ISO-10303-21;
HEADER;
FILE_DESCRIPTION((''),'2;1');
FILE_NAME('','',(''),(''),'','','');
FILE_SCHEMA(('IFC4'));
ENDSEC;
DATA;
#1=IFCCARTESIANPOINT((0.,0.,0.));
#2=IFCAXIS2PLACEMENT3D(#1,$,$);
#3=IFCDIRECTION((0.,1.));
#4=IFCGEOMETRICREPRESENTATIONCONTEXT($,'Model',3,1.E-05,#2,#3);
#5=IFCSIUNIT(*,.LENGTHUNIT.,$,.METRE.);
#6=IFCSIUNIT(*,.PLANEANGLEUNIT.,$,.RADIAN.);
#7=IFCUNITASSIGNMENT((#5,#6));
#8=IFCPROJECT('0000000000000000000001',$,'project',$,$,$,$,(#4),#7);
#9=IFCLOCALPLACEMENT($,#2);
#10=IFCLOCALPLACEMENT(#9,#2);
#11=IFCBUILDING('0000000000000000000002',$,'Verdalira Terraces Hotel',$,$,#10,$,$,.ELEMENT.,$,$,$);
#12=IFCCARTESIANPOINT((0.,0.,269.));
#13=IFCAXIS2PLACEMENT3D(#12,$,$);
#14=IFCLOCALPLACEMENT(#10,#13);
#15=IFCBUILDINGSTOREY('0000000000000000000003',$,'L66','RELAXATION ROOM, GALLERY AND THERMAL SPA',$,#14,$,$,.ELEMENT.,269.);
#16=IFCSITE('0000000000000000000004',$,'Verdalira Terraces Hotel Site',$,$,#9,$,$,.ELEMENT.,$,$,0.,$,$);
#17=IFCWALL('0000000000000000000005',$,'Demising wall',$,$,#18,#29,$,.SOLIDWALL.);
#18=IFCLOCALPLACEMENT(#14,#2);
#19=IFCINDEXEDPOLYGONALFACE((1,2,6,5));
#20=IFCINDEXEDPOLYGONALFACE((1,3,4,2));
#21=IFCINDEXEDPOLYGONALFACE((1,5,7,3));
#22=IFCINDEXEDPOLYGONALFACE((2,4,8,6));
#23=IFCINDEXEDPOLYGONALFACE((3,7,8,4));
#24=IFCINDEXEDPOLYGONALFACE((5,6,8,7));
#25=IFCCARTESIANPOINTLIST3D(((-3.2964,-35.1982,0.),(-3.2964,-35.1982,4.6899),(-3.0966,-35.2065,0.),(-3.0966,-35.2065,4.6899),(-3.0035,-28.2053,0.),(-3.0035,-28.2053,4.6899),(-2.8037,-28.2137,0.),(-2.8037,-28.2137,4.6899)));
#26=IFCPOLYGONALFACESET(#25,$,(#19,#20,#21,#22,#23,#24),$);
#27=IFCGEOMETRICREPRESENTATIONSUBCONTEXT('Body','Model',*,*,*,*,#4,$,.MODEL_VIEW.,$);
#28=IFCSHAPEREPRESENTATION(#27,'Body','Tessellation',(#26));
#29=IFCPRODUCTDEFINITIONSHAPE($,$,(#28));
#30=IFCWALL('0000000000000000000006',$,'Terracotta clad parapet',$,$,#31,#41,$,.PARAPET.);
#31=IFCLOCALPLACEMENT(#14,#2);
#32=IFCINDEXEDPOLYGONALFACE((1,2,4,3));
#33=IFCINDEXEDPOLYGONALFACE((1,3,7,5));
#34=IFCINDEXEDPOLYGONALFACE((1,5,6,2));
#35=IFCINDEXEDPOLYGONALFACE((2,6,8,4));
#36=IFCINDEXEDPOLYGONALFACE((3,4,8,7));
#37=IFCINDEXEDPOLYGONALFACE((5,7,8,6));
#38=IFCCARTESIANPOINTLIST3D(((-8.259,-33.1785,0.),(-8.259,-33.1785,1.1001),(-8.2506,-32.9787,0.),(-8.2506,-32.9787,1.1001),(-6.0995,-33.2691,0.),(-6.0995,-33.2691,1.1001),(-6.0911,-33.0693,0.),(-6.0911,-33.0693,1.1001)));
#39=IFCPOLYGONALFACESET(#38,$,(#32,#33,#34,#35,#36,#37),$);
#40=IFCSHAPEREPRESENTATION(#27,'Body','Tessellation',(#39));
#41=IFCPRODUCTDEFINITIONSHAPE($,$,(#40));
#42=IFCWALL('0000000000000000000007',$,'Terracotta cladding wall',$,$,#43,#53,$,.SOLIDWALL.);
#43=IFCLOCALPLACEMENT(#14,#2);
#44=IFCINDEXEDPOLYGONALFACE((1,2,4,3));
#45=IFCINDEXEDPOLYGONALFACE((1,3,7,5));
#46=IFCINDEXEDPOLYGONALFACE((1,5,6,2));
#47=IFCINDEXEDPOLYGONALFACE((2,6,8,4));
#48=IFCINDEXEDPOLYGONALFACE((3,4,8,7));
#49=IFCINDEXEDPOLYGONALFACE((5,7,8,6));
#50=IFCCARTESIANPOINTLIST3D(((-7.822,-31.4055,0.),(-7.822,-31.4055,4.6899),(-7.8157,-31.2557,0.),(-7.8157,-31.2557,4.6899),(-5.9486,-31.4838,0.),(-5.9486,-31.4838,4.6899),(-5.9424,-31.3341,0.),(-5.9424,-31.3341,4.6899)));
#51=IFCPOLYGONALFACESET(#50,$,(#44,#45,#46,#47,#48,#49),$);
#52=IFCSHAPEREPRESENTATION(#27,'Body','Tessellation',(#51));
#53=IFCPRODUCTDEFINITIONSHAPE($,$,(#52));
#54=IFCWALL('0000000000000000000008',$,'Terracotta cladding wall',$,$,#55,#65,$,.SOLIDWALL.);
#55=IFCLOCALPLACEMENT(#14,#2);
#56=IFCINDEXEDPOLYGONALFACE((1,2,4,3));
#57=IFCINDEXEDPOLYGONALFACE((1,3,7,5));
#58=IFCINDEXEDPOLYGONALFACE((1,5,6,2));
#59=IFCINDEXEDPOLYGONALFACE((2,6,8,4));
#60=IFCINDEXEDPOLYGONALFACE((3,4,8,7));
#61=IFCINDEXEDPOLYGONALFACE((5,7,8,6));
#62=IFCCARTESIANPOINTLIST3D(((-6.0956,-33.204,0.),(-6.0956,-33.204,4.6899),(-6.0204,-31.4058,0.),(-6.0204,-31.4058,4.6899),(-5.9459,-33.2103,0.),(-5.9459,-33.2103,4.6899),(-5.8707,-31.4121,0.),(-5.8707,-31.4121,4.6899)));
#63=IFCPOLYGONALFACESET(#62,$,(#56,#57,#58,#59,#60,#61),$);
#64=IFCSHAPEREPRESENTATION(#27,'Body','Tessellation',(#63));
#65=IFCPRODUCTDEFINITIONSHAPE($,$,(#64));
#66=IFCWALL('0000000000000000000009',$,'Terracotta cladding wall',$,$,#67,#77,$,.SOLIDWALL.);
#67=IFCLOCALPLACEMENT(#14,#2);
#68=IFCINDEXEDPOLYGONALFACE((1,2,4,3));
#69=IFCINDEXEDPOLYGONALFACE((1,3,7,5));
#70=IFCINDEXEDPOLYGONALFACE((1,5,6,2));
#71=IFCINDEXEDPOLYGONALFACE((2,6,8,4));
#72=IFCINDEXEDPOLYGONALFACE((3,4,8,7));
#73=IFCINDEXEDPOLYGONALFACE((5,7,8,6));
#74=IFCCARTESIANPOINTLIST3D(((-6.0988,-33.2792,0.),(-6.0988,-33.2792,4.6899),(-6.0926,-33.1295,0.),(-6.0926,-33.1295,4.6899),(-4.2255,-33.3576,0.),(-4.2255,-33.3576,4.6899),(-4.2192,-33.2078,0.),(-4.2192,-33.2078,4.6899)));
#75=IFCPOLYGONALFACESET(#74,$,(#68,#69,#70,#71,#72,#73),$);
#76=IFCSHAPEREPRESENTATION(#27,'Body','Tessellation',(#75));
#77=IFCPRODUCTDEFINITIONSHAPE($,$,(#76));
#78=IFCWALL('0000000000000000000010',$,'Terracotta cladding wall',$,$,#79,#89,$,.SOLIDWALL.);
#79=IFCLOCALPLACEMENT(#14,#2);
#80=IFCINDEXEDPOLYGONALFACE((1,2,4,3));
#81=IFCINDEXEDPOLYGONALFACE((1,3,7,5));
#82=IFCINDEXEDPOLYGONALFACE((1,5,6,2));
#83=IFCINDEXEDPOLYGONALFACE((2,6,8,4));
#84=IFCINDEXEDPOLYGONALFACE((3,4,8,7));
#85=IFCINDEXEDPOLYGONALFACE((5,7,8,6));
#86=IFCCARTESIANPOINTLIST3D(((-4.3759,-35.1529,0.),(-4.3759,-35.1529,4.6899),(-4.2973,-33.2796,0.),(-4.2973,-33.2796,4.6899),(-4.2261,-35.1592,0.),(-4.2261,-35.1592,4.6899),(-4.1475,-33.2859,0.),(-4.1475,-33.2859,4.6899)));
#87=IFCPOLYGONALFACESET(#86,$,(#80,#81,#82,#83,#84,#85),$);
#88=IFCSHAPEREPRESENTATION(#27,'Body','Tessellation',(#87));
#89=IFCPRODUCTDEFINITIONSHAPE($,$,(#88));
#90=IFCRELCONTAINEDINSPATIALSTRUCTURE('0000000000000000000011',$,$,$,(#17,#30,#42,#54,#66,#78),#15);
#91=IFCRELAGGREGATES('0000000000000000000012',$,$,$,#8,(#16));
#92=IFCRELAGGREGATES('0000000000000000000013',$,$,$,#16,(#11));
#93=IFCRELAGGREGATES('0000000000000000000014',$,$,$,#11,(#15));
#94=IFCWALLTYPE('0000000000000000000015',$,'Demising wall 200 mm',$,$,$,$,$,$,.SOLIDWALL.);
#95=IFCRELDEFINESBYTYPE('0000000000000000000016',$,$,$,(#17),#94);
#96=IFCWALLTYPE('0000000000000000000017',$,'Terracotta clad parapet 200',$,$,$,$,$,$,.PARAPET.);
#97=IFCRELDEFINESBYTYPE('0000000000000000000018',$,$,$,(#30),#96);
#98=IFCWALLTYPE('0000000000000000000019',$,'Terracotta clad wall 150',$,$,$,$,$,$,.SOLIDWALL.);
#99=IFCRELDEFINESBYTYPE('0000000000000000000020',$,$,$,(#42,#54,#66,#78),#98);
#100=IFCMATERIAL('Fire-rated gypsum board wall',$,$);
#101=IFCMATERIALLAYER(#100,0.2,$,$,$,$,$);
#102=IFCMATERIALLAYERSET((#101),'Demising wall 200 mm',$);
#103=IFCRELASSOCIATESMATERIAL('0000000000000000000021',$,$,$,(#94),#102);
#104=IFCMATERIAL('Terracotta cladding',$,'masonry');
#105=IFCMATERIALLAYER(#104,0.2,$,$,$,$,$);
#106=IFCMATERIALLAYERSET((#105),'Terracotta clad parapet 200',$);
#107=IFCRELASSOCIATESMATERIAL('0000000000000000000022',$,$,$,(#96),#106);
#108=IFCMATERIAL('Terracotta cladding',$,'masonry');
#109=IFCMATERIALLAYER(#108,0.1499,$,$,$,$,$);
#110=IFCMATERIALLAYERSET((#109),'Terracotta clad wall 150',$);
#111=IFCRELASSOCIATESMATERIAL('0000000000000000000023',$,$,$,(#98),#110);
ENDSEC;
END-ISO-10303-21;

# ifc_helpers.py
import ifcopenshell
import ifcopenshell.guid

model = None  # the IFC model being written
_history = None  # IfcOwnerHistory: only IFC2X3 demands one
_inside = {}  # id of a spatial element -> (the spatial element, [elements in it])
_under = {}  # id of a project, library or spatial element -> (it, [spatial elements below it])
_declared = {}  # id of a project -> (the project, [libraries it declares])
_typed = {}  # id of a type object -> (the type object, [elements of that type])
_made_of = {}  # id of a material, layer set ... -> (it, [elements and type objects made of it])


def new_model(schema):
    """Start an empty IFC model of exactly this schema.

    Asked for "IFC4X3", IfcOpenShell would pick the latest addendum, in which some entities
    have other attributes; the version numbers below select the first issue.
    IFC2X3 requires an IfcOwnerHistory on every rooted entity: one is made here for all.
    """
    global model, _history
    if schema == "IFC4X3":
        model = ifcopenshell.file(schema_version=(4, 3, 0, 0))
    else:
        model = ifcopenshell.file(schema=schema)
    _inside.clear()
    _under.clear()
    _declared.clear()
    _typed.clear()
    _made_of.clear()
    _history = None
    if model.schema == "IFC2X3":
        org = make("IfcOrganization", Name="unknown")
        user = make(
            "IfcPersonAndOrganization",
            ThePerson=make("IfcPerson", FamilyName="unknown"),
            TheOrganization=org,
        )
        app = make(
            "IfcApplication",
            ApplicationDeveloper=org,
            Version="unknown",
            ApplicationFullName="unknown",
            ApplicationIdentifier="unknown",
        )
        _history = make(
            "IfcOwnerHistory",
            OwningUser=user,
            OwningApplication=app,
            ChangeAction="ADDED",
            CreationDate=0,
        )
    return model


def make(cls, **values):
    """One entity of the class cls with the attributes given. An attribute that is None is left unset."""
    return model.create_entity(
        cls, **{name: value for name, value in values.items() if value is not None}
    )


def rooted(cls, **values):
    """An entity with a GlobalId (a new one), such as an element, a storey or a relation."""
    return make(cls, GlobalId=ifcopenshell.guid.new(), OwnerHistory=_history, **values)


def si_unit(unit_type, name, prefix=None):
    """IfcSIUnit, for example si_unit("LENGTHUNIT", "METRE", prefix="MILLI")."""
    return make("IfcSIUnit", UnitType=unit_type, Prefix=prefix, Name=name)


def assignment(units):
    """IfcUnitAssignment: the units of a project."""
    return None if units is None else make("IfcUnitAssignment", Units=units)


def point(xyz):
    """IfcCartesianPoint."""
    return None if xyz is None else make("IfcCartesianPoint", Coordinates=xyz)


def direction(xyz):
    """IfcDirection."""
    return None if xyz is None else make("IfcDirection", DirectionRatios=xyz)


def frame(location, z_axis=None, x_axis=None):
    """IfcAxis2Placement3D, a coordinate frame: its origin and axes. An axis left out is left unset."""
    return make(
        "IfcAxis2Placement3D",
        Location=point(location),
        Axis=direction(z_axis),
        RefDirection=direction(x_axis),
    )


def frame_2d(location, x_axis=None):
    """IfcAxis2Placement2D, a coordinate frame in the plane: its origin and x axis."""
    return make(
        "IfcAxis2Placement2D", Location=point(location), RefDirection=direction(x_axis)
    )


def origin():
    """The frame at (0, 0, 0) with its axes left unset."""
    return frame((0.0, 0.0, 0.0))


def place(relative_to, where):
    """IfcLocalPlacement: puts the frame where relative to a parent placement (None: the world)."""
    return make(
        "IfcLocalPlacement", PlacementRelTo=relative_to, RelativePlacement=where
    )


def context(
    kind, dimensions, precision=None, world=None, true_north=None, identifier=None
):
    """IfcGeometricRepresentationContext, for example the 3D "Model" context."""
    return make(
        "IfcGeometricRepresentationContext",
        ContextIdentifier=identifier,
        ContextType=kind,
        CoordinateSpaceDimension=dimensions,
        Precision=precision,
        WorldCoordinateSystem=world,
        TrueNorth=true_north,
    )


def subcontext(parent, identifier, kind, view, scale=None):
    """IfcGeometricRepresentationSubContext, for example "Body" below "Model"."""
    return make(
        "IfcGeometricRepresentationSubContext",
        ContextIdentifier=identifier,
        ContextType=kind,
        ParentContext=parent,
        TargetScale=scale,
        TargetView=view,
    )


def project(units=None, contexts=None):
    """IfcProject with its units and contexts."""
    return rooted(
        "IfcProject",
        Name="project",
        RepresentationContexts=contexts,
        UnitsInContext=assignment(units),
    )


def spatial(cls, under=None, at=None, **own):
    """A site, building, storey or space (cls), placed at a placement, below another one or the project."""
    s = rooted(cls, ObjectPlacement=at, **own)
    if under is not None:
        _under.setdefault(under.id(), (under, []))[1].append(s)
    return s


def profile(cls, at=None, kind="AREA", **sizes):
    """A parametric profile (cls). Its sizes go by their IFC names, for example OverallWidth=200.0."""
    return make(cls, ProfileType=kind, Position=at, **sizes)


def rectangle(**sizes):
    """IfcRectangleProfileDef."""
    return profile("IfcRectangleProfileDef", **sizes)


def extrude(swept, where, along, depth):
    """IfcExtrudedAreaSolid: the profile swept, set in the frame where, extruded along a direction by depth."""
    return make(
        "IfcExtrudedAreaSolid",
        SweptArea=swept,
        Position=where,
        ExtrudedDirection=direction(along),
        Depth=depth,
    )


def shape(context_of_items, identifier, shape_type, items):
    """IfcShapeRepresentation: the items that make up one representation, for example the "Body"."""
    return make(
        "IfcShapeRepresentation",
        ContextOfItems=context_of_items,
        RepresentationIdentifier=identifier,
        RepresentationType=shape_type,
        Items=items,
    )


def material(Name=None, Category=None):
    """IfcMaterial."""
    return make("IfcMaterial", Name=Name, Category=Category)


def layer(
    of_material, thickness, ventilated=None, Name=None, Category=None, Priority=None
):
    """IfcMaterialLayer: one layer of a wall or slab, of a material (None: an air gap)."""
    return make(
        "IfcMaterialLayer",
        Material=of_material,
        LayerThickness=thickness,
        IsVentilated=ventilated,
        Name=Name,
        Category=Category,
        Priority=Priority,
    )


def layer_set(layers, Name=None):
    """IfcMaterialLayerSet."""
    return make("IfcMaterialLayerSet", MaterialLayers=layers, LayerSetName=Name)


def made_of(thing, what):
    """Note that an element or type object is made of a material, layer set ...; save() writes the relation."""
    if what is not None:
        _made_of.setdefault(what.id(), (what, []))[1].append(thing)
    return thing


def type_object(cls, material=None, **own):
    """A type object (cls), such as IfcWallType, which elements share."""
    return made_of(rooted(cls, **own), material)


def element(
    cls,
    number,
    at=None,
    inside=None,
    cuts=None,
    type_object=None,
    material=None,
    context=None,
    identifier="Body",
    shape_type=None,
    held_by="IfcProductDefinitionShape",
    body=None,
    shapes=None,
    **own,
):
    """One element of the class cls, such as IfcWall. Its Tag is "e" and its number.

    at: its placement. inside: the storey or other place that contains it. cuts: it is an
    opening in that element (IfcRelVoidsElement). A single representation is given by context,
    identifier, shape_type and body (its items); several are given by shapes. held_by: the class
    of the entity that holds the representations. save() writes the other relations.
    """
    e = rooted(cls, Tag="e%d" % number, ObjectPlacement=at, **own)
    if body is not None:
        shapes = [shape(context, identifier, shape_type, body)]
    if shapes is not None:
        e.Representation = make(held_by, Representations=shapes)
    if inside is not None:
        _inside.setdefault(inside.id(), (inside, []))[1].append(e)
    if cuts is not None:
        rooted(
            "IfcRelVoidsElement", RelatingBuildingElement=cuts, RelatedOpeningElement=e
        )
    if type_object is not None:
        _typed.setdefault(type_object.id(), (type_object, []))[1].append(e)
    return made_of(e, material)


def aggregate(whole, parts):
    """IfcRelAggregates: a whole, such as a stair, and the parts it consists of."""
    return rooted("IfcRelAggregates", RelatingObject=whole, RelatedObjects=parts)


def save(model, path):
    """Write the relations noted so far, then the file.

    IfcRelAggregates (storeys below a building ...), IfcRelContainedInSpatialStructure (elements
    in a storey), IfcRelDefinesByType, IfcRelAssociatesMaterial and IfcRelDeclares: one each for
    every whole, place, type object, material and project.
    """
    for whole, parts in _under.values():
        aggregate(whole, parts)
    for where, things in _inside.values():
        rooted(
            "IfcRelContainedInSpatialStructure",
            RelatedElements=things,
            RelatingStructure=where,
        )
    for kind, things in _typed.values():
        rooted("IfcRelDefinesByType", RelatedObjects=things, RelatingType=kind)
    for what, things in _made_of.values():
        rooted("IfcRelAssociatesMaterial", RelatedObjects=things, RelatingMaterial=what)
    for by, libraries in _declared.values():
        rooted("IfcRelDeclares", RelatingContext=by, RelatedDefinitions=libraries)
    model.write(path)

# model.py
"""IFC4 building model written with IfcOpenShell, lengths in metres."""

from ifc_helpers import new_model, si_unit, direction, frame, frame_2d, origin, place, context, subcontext, project, spatial, rectangle, extrude, material, layer, layer_set, type_object, element, save


model = new_model("IFC4")

# Units and contexts
model_context = context("Model", 3, precision=1e-05, world=origin(), true_north=direction((0.0, 1.0)))
body_context = subcontext(model_context, "Body", "Model", "MODEL_VIEW")
ifc_project = project(units=[si_unit("LENGTHUNIT", "METRE"), si_unit("PLANEANGLEUNIT", "RADIAN")], contexts=[model_context])

# Site, building, storey
site_placement = place(None, origin())
site = spatial("IfcSite", under=ifc_project, at=site_placement, Name="Verdalira Terraces Hotel Site", CompositionType="ELEMENT", RefElevation=0.0)
building_placement = place(site_placement, origin())
building = spatial("IfcBuilding", under=site, at=building_placement, Name="Verdalira Terraces Hotel", CompositionType="ELEMENT")
storey_placement = place(building_placement, frame((0.0, 0.0, 269.0)))
storey = spatial("IfcBuildingStorey", under=building, at=storey_placement, Name="L66", Description="RELAXATION ROOM, GALLERY AND THERMAL SPA", CompositionType="ELEMENT", Elevation=269.0)

# Walls
ifc_material_1 = material(Name="Fire-rated gypsum board wall")
ifc_layer_1 = layer(ifc_material_1, 0.2)
ifc_layer_set_1 = layer_set([ifc_layer_1], Name="Demising wall 200 mm")
wall_type_1 = type_object("IfcWallType", Name="Demising wall 200 mm", PredefinedType="SOLIDWALL", material=ifc_layer_set_1)
wall_1_placement = place(storey_placement, frame((-2.9036, -28.2095, 0.0), z_axis=(0.0, 0.0, 1.0), x_axis=(-0.041858, -0.999124, 0.0)))
element("IfcWall", 1, at=wall_1_placement, inside=storey, type_object=wall_type_1, Name="Demising wall", PredefinedType="SOLIDWALL", context=body_context, shape_type="SweptSolid", body=[
    extrude(rectangle(XDim=6.999, YDim=0.2, at=frame_2d((3.4995, 0.0))), origin(), (0.0, 0.0, 1.0), 4.6899),
])
ifc_material_2 = material(Name="Terracotta cladding", Category="masonry")
ifc_layer_2 = layer(ifc_material_2, 0.2)
ifc_layer_set_2 = layer_set([ifc_layer_2], Name="Terracotta clad parapet 200")
wall_type_2 = type_object("IfcWallType", Name="Terracotta clad parapet 200", PredefinedType="PARAPET", material=ifc_layer_set_2)
wall_2_placement = place(storey_placement, frame((-8.2546, -33.0786, 0.0), z_axis=(0.0, 0.0, 1.0), x_axis=(0.999121, -0.041908, 0.0)))
element("IfcWall", 2, at=wall_2_placement, inside=storey, type_object=wall_type_2, Name="Terracotta clad parapet", PredefinedType="PARAPET", context=body_context, shape_type="SweptSolid", body=[
    extrude(rectangle(XDim=2.1614, YDim=0.2, at=frame_2d((1.0806, 0.0))), origin(), (0.0, 0.0, 1.0), 1.1001),
])
ifc_material_3 = material(Name="Terracotta cladding", Category="masonry")
ifc_layer_3 = layer(ifc_material_3, 0.1499)
ifc_layer_set_3 = layer_set([ifc_layer_3], Name="Terracotta clad wall 150")
wall_type_3 = type_object("IfcWallType", Name="Terracotta clad wall 150", PredefinedType="SOLIDWALL", material=ifc_layer_set_3)
wall_3_placement = place(storey_placement, frame((-7.8188, -31.3306, 0.0), z_axis=(0.0, 0.0, 1.0), x_axis=(0.999126, -0.041798, 0.0)))
element("IfcWall", 3, at=wall_3_placement, inside=storey, type_object=wall_type_3, Name="Terracotta cladding wall", PredefinedType="SOLIDWALL", context=body_context, shape_type="SweptSolid", body=[
    extrude(rectangle(XDim=1.875, YDim=0.1499, at=frame_2d((0.9375, 0.0))), origin(), (0.0, 0.0, 1.0), 4.6899),
])
wall_4_placement = place(storey_placement, frame((-5.9456, -31.4089, 0.0), z_axis=(0.0, 0.0, 1.0), x_axis=(-0.041777, -0.999127, 0.0)))
element("IfcWall", 4, at=wall_4_placement, inside=storey, type_object=wall_type_3, Name="Terracotta cladding wall", PredefinedType="SOLIDWALL", context=body_context, shape_type="SweptSolid", body=[
    extrude(rectangle(XDim=1.7998, YDim=0.1499, at=frame_2d((0.8999, 0.0))), origin(), (0.0, 0.0, 1.0), 4.6899),
])
for number, where, z_axis, x_axis, name in (
    (5, (-6.0957, -33.2043, 0.0), (0.0, 0.0, 1.0), (0.999126, -0.041798, 0.0), "Terracotta cladding wall"),
    (6, (-4.2224, -33.2827, 0.0), (0.0, 0.0, 1.0), (-0.041928, -0.999121, 0.0), "Terracotta cladding wall"),
):
    element("IfcWall", number, at=place(storey_placement, frame(where, z_axis=z_axis, x_axis=x_axis)), inside=storey, type_object=wall_type_3, Name=name, PredefinedType="SOLIDWALL", context=body_context, shape_type="SweptSolid", body=[
        extrude(rectangle(XDim=1.875, YDim=0.1499, at=frame_2d((0.9375, 0.0))), origin(), (0.0, 0.0, 1.0), 4.6899),
    ])

save(model, "model.ifc")
